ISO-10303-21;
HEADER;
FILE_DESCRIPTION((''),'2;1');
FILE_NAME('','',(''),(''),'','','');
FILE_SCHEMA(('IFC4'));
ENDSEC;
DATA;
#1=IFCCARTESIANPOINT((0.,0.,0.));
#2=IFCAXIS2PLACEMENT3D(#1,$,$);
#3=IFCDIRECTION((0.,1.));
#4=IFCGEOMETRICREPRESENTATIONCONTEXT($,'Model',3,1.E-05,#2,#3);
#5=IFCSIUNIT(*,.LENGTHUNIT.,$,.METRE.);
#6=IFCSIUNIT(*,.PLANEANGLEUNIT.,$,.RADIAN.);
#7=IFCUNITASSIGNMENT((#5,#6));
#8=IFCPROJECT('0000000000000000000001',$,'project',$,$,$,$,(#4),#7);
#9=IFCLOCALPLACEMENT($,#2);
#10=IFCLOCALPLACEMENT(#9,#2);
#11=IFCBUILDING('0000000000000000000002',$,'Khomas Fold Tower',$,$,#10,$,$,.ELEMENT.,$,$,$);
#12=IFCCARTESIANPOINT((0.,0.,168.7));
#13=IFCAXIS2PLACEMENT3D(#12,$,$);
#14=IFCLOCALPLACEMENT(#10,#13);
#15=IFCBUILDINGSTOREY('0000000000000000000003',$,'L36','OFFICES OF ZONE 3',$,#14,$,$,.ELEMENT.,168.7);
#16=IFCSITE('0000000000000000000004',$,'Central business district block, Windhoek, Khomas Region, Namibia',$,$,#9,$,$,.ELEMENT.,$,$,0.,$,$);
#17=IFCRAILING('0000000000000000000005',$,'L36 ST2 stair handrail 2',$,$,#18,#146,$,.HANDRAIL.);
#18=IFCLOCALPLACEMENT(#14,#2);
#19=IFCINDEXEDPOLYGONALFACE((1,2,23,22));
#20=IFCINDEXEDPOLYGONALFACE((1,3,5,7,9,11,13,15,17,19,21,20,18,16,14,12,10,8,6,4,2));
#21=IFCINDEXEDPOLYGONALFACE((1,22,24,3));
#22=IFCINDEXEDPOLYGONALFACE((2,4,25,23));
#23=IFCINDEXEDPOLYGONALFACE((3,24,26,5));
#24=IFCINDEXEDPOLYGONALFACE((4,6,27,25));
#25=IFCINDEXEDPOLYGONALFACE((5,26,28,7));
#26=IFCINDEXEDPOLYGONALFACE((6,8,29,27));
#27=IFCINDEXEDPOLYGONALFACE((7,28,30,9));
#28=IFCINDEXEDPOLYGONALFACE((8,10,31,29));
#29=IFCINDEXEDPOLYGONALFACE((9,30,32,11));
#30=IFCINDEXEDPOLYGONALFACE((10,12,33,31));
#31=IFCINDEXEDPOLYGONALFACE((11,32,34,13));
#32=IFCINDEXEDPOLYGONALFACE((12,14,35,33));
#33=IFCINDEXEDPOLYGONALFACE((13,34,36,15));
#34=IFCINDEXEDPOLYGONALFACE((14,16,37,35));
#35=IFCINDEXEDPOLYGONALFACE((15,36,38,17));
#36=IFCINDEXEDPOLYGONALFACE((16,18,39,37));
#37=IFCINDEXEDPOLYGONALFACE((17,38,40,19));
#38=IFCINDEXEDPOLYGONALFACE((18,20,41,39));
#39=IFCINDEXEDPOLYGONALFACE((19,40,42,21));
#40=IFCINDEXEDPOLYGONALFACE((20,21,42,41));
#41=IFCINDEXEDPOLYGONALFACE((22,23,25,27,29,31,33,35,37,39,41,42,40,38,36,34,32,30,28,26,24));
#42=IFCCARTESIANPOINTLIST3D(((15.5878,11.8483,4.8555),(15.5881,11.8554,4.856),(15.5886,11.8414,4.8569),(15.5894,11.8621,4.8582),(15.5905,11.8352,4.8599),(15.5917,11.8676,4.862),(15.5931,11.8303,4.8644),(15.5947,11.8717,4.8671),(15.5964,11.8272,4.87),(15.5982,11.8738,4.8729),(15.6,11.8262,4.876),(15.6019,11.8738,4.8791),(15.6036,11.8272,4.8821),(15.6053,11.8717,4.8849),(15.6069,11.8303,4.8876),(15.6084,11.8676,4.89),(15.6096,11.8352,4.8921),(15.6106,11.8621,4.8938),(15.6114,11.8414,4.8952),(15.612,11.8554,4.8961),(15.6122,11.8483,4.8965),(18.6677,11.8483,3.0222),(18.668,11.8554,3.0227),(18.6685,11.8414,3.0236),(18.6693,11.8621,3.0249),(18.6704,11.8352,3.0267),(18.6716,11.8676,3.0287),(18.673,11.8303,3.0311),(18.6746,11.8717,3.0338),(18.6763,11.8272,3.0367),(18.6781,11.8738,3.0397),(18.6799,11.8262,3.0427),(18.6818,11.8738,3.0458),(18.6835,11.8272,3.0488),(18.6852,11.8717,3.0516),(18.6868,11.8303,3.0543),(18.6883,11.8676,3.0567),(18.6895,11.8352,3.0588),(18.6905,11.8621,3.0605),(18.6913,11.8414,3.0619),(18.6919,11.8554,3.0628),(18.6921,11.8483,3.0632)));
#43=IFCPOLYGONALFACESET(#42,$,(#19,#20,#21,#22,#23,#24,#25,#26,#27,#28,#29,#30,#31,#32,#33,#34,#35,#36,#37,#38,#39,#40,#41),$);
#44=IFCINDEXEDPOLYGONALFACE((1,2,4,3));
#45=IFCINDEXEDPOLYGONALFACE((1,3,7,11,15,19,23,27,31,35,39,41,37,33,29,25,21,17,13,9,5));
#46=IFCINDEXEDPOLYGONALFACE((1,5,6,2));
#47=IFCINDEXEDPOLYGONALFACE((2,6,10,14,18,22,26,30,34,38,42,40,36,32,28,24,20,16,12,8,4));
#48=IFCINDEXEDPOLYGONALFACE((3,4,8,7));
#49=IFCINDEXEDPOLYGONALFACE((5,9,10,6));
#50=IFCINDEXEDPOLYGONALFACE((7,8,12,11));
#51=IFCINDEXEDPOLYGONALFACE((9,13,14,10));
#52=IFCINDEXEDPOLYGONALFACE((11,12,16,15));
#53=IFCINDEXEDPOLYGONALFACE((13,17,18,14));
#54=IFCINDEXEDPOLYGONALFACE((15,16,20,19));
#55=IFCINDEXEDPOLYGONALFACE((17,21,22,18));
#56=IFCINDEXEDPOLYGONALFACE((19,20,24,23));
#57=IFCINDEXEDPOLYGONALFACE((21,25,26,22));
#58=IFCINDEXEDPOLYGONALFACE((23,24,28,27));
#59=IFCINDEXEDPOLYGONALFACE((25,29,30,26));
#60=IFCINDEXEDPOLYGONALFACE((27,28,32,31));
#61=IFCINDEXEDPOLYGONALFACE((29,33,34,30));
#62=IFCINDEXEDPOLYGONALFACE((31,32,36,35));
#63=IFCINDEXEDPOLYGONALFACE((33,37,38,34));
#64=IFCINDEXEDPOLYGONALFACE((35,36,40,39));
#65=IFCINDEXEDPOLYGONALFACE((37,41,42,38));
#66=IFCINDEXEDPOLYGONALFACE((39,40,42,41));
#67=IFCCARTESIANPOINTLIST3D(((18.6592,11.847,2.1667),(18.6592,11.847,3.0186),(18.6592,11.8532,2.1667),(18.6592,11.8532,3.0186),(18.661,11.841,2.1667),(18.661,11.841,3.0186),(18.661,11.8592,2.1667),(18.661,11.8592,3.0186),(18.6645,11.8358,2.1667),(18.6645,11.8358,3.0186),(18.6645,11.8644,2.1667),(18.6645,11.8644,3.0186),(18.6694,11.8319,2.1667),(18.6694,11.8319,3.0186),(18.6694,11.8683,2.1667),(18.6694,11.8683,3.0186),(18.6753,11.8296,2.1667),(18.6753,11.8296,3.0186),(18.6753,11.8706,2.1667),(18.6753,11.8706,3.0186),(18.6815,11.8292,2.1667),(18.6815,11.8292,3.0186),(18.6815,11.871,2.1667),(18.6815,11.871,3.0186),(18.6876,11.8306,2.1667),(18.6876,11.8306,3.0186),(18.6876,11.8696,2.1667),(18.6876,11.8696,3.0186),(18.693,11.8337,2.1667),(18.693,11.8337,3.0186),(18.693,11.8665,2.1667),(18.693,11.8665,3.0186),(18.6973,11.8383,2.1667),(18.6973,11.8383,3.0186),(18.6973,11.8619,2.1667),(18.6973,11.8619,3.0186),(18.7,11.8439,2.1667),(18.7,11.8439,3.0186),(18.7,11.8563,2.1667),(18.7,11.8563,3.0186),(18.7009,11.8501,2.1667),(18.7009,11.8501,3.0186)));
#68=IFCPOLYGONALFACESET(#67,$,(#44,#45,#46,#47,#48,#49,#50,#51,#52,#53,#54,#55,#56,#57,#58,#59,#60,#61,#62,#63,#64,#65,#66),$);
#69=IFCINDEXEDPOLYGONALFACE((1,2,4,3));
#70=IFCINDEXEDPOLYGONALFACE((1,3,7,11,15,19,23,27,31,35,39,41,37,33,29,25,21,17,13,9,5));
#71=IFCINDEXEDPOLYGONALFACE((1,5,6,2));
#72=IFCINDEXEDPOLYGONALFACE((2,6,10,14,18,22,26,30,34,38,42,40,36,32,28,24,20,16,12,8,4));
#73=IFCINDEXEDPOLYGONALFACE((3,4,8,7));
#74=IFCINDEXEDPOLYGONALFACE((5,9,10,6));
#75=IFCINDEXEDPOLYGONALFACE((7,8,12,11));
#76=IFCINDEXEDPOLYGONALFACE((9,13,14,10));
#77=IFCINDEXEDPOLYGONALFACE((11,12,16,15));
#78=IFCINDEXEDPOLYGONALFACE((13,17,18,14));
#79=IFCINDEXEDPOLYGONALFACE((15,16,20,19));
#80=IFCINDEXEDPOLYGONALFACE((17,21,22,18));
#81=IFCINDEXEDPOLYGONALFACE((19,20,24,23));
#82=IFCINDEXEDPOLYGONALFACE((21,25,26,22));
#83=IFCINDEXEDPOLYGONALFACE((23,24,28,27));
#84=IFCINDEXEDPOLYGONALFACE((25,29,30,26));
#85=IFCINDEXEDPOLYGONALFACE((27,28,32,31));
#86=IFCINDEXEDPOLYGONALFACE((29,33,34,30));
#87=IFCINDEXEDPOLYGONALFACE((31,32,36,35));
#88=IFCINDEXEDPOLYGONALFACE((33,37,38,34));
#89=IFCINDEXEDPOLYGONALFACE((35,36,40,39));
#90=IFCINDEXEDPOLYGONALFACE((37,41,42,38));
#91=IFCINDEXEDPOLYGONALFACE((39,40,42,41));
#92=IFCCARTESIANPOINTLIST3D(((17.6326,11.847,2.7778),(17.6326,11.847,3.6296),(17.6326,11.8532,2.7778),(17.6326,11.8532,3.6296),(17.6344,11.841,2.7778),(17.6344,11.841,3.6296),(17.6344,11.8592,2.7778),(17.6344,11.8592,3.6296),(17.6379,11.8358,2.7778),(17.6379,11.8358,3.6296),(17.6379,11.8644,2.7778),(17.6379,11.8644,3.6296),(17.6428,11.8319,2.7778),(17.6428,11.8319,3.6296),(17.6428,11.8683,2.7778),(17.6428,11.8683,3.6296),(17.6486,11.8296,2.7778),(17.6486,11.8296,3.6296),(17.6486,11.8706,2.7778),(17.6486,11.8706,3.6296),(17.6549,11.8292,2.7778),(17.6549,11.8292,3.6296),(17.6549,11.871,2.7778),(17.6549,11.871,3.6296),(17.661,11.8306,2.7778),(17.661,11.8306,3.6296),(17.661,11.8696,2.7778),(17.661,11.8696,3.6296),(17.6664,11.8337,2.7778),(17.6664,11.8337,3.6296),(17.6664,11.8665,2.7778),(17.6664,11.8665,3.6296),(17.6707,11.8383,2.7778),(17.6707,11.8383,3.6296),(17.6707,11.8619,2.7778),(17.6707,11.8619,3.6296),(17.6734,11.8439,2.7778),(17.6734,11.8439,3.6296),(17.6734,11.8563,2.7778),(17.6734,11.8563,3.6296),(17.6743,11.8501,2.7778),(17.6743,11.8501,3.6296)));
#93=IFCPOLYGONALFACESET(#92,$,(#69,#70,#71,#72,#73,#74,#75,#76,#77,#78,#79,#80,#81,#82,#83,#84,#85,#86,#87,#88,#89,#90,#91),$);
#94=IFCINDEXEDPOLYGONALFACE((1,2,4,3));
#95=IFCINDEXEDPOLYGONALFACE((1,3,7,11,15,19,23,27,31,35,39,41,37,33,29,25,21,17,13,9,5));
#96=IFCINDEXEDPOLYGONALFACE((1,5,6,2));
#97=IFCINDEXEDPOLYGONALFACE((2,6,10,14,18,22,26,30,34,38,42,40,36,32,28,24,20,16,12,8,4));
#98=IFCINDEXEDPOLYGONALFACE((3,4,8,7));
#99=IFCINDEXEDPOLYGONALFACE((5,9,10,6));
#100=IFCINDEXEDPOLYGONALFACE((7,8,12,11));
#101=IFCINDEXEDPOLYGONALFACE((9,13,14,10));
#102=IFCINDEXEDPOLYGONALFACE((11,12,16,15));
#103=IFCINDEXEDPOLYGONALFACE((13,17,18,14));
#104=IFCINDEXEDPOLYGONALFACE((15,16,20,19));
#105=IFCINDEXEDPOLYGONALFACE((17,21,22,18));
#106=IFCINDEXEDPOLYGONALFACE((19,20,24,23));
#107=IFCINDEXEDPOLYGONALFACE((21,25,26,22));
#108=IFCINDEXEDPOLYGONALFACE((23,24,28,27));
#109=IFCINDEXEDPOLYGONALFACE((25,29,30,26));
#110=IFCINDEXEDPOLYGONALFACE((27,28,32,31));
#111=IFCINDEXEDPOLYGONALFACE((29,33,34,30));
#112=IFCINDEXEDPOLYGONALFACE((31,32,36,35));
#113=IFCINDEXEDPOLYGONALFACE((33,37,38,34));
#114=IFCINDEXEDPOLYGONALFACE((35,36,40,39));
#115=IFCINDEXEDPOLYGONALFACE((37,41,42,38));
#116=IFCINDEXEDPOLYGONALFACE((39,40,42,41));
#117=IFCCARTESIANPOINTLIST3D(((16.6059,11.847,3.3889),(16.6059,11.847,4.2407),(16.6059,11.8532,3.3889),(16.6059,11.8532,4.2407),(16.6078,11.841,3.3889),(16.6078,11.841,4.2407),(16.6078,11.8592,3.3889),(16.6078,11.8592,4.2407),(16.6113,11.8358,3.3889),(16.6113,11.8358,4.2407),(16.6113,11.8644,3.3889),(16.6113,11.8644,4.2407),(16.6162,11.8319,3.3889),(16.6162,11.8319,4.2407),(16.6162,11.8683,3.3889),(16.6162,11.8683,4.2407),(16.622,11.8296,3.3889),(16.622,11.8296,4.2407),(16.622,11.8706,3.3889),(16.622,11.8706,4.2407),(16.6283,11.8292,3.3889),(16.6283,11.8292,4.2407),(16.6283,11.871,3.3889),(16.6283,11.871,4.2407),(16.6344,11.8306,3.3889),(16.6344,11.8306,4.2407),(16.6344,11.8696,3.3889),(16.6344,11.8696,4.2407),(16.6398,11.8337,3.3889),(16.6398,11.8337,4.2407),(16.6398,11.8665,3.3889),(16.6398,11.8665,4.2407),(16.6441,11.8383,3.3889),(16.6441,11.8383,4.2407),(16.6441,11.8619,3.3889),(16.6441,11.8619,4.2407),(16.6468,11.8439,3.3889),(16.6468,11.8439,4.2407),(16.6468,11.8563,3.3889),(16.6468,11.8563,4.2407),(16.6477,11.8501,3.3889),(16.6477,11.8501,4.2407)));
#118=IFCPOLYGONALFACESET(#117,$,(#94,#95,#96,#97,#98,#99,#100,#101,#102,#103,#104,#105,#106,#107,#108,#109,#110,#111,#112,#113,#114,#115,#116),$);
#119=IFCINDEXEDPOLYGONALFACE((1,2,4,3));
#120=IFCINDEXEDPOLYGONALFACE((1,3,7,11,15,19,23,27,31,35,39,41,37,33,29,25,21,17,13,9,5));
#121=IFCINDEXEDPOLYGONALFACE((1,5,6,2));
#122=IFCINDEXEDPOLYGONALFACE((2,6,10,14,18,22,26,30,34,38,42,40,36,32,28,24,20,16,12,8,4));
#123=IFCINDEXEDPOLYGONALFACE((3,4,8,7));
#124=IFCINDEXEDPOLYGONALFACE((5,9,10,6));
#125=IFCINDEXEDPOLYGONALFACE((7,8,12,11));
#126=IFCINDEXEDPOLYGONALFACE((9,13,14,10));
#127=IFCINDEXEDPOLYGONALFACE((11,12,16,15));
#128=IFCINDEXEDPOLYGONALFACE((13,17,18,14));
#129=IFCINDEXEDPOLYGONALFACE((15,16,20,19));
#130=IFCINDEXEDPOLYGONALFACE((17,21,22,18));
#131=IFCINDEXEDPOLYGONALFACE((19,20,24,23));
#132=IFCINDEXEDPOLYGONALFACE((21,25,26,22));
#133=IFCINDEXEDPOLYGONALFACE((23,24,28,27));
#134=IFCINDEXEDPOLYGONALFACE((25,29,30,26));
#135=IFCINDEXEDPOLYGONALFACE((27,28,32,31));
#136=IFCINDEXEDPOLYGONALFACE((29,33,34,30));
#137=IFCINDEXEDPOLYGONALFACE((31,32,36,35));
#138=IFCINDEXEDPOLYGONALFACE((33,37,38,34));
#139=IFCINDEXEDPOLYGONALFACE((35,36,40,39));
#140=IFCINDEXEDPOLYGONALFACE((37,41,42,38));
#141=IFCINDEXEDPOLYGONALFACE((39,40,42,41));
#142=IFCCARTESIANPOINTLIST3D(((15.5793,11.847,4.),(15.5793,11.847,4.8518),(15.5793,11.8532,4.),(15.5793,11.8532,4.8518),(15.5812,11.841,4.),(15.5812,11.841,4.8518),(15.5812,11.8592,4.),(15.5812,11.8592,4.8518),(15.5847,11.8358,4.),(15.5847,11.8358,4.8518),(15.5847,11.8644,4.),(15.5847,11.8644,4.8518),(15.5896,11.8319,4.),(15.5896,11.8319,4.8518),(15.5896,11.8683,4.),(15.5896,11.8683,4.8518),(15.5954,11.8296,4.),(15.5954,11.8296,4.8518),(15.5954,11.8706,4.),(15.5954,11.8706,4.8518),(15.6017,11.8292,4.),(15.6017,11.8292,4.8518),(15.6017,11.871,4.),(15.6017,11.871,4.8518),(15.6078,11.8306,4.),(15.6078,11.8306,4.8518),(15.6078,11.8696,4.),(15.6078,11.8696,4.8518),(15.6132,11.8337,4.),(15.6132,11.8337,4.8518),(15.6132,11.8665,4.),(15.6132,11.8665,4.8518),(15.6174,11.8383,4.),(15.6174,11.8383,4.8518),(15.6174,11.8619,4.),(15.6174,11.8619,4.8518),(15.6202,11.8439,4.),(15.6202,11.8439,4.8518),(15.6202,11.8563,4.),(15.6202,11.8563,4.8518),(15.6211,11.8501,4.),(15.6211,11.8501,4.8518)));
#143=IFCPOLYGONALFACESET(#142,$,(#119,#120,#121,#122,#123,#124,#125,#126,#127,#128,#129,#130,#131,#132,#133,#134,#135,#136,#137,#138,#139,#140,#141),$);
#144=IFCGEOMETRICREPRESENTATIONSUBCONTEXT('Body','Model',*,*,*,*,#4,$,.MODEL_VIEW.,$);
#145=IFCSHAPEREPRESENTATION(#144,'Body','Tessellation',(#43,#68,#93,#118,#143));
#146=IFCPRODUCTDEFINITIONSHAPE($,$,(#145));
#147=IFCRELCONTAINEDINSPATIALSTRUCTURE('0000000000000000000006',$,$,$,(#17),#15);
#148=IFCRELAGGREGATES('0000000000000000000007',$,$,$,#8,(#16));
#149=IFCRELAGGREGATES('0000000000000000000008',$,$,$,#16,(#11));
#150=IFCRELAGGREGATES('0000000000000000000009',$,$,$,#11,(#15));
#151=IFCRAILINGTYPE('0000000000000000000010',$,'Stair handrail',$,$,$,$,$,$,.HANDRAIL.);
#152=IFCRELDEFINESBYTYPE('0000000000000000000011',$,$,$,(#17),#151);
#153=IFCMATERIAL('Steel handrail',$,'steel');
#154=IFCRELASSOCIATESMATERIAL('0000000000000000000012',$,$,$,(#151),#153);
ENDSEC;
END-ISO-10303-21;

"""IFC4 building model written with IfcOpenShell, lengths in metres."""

from ifc_helpers import new_model, si_unit, direction, frame, origin, origin_2d, place, context, subcontext, project, spatial, circle, extrude, source, transform, mapped, material, type_object, element, save


model = new_model("IFC4")

# Units and contexts
model_context = context("Model", 3, precision=1e-05, world=origin(), true_north=direction((0.0, 1.0)))
body_context = subcontext(model_context, "Body", "Model", "MODEL_VIEW")
ifc_project = project(units=[si_unit("LENGTHUNIT", "METRE"), si_unit("PLANEANGLEUNIT", "RADIAN")], contexts=[model_context])

# Site, building, storey
site_placement = place(None, origin())
site = spatial("IfcSite", under=ifc_project, at=site_placement, Name="Central business district block, Windhoek, Khomas Region, Namibia", CompositionType="ELEMENT", RefElevation=0.0)
building_placement = place(site_placement, origin())
building = spatial("IfcBuilding", under=site, at=building_placement, Name="Khomas Fold Tower", CompositionType="ELEMENT")
storey_placement = place(building_placement, frame((0.0, 0.0, 168.7)))
storey = spatial("IfcBuildingStorey", under=building, at=storey_placement, Name="L36", Description="OFFICES OF ZONE 3", CompositionType="ELEMENT", Elevation=168.7)

# Railing
ifc_material_1 = material(Name="Steel handrail", Category="steel")
railing_type_1 = type_object("IfcRailingType", Name="Stair handrail", PredefinedType="HANDRAIL", material=ifc_material_1)
shared_shape_1 = source(origin(), body_context, "Body", "SweptSolid", [
    extrude(circle(Radius=0.0239, at=origin_2d()), frame((0.0, 0.0, 0.876), z_axis=(-0.859291, 0.0, 0.511487), x_axis=(0.0, -1.0, 0.0)), (0.0, 0.0, 1.0), 3.5842),
    extrude(circle(Radius=0.021, at=origin_2d()), origin(), (0.0, 0.0, 1.0), 0.8518),
    extrude(circle(Radius=0.021, at=origin_2d()), frame((-1.0266, 0.0, 0.6111)), (0.0, 0.0, 1.0), 0.8518),
    extrude(circle(Radius=0.021, at=origin_2d()), frame((-2.0532, 0.0, 1.2222)), (0.0, 0.0, 1.0), 0.8518),
    extrude(circle(Radius=0.021, at=origin_2d()), frame((-3.0798, 0.0, 1.8333)), (0.0, 0.0, 1.0), 0.8518),
])
railing_1_placement = place(storey_placement, frame((18.6799, 11.8501, 2.1667)))
element("IfcRailing", 1, at=railing_1_placement, inside=storey, type_object=railing_type_1, Name="L36 ST2 stair handrail 2", PredefinedType="HANDRAIL", context=body_context, shape_type="MappedRepresentation", body=[
    mapped(shared_shape_1, transform((0.0, 0.0, 0.0))),
])

save(model, "model.ifc")
